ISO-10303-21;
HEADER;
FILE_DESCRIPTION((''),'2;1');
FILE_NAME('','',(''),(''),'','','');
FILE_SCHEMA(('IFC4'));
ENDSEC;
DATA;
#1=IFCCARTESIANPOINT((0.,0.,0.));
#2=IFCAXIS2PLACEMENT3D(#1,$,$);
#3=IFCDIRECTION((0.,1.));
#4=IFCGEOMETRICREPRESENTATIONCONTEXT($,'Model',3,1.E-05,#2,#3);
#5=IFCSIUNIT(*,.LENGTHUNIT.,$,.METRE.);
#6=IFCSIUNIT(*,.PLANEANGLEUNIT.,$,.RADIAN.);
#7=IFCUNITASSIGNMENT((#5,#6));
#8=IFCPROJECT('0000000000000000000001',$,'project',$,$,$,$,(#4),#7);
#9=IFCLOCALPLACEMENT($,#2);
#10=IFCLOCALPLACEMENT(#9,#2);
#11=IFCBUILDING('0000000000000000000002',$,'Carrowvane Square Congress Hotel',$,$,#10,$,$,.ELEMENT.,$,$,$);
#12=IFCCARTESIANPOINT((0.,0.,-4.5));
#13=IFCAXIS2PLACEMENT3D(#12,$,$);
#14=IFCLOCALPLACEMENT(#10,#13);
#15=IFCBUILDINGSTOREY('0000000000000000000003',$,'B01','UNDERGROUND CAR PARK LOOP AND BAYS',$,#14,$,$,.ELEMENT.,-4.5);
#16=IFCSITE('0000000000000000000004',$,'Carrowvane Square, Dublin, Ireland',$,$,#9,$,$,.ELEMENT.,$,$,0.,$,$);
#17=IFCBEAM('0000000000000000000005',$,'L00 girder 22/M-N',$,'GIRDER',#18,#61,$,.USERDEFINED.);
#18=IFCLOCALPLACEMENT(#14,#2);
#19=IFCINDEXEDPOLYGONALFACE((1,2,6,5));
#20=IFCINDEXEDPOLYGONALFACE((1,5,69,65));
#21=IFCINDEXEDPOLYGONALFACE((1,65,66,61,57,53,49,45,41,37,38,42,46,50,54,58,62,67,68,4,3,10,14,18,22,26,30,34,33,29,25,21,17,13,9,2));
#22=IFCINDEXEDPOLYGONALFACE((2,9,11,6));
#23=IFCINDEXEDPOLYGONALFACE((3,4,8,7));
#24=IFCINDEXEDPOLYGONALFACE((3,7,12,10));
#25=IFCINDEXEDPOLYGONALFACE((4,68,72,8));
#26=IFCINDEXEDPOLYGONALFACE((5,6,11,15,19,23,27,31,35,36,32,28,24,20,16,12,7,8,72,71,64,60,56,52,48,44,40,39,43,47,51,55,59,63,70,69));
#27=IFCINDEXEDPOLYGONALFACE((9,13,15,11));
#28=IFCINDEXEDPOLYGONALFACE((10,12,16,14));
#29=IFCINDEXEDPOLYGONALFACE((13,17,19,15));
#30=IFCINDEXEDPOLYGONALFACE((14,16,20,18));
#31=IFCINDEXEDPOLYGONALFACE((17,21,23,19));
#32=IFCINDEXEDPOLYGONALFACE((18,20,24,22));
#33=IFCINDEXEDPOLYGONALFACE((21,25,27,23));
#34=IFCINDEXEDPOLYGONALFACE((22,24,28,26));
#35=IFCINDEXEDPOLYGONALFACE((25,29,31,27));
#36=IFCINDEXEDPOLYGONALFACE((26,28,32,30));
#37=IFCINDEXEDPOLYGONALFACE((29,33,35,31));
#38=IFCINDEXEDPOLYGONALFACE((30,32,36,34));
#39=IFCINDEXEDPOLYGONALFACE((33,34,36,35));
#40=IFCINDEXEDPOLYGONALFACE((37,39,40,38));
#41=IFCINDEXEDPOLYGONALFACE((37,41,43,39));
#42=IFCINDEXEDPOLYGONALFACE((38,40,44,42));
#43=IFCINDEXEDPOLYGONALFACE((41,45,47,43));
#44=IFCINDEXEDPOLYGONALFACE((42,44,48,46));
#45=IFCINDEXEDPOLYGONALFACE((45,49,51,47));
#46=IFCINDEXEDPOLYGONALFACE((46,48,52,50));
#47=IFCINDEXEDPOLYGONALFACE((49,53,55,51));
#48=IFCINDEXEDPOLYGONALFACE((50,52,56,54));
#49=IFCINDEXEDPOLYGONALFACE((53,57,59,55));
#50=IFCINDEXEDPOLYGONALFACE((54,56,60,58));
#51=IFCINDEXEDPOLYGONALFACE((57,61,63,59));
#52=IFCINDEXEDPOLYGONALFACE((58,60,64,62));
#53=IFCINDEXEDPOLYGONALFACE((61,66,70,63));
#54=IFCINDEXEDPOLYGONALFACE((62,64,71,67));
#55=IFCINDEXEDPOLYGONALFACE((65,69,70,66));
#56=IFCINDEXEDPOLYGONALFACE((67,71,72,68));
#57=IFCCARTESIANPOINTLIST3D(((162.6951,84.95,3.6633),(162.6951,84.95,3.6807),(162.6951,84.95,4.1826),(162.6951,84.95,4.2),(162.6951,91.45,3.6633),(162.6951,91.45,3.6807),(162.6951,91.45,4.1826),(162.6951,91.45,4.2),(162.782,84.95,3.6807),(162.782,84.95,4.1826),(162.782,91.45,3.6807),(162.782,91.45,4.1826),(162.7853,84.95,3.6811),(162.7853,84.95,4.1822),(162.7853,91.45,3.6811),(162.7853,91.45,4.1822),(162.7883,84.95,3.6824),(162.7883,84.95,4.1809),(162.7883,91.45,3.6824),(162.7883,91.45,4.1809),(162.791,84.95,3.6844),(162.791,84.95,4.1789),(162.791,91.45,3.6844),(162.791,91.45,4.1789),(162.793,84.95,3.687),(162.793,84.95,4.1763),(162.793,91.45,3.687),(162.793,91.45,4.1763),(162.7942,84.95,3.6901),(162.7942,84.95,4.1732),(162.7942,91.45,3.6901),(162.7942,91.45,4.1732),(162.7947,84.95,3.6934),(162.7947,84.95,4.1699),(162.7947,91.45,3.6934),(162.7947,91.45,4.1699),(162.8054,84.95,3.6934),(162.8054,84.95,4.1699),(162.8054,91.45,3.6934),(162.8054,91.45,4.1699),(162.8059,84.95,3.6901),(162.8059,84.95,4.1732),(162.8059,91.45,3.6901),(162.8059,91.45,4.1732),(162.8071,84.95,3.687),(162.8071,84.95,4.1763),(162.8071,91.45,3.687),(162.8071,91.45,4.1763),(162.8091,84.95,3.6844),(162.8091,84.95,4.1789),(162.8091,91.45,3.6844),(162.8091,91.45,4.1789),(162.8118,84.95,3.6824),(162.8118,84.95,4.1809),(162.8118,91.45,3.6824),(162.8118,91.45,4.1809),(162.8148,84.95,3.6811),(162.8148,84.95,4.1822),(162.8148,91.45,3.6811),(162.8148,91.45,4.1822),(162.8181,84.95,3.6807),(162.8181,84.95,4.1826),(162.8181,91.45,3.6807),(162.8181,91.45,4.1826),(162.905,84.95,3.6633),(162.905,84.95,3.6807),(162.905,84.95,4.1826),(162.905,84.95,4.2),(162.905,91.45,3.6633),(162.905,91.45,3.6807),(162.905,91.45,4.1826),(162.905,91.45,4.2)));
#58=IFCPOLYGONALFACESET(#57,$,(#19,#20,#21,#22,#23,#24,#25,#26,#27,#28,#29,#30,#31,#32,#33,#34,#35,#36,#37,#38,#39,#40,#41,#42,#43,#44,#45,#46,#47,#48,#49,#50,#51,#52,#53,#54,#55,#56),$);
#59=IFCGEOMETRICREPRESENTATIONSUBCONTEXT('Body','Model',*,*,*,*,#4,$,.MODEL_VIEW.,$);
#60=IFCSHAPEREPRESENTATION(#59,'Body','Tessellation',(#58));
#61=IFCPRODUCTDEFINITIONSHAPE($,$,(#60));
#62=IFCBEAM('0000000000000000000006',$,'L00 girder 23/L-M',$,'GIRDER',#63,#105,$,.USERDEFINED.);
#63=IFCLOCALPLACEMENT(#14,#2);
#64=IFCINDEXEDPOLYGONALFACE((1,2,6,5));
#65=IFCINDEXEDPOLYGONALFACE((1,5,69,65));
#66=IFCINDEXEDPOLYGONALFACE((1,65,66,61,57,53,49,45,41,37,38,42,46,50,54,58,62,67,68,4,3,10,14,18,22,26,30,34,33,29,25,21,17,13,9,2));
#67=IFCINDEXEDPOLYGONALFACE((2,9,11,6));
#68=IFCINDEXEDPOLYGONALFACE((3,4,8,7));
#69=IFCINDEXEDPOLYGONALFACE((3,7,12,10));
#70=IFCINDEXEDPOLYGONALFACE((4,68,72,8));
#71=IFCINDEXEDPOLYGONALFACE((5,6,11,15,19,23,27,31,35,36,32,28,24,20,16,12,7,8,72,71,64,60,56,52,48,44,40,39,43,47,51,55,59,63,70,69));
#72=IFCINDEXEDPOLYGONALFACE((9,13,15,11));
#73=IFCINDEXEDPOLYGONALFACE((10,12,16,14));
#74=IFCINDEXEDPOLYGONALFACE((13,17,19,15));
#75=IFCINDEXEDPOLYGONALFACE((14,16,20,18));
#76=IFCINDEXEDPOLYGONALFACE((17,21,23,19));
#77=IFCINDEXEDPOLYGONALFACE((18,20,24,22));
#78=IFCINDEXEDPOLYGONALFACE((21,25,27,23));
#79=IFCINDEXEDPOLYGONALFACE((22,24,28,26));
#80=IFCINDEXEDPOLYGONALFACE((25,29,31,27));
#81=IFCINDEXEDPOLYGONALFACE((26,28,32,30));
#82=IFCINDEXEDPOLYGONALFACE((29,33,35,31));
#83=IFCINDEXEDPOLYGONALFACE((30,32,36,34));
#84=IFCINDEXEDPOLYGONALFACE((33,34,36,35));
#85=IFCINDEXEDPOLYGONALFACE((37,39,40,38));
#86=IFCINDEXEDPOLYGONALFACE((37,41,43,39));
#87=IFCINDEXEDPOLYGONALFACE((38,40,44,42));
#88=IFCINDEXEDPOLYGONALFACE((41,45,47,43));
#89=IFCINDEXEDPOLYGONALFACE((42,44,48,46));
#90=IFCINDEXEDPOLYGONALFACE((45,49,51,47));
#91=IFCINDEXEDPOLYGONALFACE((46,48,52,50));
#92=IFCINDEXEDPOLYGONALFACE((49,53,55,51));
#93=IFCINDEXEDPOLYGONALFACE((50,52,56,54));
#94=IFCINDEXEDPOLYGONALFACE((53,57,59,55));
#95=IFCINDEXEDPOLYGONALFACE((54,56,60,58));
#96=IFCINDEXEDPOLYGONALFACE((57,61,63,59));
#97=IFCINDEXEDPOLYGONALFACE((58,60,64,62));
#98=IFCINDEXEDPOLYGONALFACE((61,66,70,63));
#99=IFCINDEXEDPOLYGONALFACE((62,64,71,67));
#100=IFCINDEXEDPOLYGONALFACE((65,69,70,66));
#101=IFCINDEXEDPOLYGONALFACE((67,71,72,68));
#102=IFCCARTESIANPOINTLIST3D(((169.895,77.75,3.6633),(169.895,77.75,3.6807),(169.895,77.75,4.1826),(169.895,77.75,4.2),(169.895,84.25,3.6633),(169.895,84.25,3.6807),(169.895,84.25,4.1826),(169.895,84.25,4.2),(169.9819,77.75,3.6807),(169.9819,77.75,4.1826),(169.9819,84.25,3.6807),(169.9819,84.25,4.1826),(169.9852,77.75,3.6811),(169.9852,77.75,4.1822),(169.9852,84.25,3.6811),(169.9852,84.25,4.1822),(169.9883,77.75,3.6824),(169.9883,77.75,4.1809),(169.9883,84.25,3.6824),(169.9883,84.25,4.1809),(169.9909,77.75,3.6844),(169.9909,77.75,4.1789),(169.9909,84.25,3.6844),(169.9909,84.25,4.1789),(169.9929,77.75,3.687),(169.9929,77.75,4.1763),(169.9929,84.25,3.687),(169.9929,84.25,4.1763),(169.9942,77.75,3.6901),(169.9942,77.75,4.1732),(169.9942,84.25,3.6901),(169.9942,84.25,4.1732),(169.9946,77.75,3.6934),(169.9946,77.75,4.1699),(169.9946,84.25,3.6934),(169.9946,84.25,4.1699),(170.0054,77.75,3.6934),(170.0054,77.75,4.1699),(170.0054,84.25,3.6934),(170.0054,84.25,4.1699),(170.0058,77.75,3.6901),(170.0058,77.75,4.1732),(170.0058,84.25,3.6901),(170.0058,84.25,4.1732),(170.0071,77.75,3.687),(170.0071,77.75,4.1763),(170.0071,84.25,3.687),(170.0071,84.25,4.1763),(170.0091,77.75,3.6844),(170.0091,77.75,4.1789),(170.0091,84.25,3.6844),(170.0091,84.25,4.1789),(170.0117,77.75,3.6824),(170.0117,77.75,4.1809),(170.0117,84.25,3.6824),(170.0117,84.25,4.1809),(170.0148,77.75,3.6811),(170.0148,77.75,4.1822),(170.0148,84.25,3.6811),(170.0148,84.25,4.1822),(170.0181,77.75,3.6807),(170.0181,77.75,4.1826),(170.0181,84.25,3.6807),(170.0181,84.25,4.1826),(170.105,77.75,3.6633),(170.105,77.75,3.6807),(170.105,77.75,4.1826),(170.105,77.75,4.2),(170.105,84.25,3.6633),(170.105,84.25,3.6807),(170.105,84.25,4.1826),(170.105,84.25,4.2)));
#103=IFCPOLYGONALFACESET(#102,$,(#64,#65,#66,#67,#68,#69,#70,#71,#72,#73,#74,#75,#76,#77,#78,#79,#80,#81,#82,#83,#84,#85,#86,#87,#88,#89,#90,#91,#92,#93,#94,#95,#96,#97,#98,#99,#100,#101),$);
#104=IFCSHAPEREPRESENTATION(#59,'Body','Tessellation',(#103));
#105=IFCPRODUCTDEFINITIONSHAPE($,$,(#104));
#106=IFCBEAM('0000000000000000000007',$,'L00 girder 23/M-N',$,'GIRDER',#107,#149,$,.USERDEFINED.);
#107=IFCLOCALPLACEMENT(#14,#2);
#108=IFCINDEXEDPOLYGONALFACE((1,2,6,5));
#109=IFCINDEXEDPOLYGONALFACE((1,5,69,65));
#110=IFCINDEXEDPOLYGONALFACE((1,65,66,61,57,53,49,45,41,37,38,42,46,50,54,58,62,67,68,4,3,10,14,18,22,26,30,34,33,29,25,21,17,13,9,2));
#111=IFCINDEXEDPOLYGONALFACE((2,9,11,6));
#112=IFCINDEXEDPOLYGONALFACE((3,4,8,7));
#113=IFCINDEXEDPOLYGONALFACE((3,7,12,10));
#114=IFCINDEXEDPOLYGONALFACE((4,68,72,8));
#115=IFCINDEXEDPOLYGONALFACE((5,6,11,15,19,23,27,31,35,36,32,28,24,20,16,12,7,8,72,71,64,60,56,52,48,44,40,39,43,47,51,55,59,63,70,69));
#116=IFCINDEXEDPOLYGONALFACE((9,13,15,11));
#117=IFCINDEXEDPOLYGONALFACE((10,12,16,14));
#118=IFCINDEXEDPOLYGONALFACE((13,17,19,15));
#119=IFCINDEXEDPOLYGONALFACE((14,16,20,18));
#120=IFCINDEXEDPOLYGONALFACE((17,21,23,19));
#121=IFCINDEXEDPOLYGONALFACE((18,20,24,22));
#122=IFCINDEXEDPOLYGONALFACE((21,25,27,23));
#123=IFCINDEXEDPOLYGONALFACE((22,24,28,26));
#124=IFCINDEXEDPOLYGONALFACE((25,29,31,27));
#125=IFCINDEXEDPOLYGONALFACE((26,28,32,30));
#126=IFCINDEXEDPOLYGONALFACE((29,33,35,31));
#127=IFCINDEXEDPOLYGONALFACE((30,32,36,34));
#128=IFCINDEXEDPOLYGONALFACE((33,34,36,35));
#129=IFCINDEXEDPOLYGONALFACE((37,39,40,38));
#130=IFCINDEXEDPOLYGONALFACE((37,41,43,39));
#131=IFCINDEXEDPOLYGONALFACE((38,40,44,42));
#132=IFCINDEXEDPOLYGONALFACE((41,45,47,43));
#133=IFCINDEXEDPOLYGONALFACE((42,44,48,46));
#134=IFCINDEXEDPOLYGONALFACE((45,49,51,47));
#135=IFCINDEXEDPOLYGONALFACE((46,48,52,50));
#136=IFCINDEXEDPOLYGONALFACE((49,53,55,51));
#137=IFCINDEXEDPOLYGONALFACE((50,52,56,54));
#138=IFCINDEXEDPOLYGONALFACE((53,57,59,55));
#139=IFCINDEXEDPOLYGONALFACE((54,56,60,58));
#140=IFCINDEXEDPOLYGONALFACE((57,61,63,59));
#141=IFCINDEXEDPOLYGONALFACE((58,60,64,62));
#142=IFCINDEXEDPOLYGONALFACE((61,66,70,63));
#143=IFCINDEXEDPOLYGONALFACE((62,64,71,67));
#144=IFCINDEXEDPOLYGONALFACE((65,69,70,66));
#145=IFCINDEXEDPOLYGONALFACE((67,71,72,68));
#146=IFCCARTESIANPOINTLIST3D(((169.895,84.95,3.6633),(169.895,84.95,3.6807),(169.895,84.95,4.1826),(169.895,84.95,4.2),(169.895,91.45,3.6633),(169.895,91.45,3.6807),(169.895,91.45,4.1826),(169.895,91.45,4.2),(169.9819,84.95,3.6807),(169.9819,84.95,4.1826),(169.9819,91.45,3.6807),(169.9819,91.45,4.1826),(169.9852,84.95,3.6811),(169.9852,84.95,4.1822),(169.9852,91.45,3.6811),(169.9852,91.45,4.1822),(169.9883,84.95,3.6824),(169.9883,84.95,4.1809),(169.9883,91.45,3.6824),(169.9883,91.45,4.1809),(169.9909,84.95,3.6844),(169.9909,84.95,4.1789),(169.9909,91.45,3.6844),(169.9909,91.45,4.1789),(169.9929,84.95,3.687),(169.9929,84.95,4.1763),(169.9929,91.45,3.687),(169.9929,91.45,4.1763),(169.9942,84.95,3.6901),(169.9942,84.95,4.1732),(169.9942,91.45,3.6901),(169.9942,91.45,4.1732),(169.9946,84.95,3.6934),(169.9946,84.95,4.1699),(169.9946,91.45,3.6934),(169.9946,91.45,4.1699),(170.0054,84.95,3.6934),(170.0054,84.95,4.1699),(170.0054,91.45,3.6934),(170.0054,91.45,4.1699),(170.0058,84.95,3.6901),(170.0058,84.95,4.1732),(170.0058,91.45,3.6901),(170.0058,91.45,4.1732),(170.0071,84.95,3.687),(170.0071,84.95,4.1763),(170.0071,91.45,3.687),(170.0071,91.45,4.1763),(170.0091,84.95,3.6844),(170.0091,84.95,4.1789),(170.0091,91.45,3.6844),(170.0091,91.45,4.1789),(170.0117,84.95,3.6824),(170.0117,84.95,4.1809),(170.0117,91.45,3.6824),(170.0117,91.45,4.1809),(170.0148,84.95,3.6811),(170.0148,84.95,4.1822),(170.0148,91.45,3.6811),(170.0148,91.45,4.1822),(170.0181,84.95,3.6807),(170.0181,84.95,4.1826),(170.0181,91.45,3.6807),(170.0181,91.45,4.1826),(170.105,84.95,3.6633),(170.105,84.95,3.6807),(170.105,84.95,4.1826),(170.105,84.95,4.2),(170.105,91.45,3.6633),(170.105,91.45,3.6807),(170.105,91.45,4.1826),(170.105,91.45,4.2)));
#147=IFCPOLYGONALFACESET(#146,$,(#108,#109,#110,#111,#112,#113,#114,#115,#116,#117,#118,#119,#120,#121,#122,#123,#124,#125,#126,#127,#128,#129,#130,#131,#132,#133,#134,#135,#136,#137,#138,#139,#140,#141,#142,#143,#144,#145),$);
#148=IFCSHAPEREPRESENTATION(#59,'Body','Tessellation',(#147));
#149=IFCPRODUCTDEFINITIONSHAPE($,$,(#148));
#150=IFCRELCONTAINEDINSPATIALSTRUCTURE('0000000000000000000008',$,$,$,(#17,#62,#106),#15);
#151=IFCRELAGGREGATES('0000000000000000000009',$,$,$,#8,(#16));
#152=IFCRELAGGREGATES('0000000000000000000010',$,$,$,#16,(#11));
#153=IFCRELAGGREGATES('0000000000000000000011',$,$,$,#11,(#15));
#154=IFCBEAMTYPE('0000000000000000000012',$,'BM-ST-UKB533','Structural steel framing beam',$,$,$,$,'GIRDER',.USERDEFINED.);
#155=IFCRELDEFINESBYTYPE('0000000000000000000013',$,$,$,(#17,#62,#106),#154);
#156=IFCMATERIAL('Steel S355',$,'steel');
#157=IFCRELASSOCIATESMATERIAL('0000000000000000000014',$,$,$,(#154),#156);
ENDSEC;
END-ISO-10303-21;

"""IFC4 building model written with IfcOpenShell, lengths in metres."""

from ifc_helpers import new_model, si_unit, direction, frame, origin, origin_2d, place, context, subcontext, project, spatial, i_section, extrude, material, material_profile, profile_set, type_object, element, save


model = new_model("IFC4")

# Units and contexts
model_context = context("Model", 3, precision=1e-05, world=origin(), true_north=direction((0.0, 1.0)))
body_context = subcontext(model_context, "Body", "Model", "MODEL_VIEW")
ifc_project = project(units=[si_unit("LENGTHUNIT", "METRE"), si_unit("PLANEANGLEUNIT", "RADIAN")], contexts=[model_context])

# Site, building, storey
site_placement = place(None, origin())
site = spatial("IfcSite", under=ifc_project, at=site_placement, Name="Carrowvane Square, Dublin, Ireland", CompositionType="ELEMENT", RefElevation=0.0)
building_placement = place(site_placement, origin())
building = spatial("IfcBuilding", under=site, at=building_placement, Name="Carrowvane Square Congress Hotel", CompositionType="ELEMENT")
storey_placement = place(building_placement, frame((0.0, 0.0, -4.5)))
storey = spatial("IfcBuildingStorey", under=building, at=storey_placement, Name="B01", Description="UNDERGROUND CAR PARK LOOP AND BAYS", CompositionType="ELEMENT", Elevation=-4.5)

# Beams
ifc_material_1 = material(Name="Steel S355", Category="steel")
ifc_material_profile_1 = material_profile(ifc_material_1, i_section(OverallWidth=0.21, OverallDepth=0.5366, WebThickness=0.0107, FlangeThickness=0.0173, FilletRadius=0.0127, at=origin_2d()), Name="UKB 533x210x101")
ifc_profile_set_1 = profile_set([ifc_material_profile_1], Name="Steel S355")
beam_type_1 = type_object("IfcBeamType", Name="BM-ST-UKB533", Description="Structural steel framing beam", ElementType="GIRDER", PredefinedType="USERDEFINED", material=ifc_profile_set_1)
for number, where, z_axis, x_axis, name in (
    (1, (162.8, 84.95, 3.9316), (0.0, 1.0, 0.0), (-1.0, 0.0, 0.0), "L00 girder 22/M-N"),
    (2, (170.0, 77.75, 3.9316), (0.0, 1.0, 0.0), (-1.0, 0.0, 0.0), "L00 girder 23/L-M"),
    (3, (170.0, 84.95, 3.9316), (0.0, 1.0, 0.0), (-1.0, 0.0, 0.0), "L00 girder 23/M-N"),
):
    element("IfcBeam", number, at=place(storey_placement, frame(where, z_axis=z_axis, x_axis=x_axis)), inside=storey, type_object=beam_type_1, Name=name, ObjectType="GIRDER", PredefinedType="USERDEFINED", context=body_context, shape_type="SweptSolid", body=[
        extrude(i_section(OverallWidth=0.21, OverallDepth=0.5366, WebThickness=0.0107, FlangeThickness=0.0173, FilletRadius=0.0127, at=origin_2d()), origin(), (0.0, 0.0, 1.0), 6.5),
    ])

save(model, "model.ifc")
